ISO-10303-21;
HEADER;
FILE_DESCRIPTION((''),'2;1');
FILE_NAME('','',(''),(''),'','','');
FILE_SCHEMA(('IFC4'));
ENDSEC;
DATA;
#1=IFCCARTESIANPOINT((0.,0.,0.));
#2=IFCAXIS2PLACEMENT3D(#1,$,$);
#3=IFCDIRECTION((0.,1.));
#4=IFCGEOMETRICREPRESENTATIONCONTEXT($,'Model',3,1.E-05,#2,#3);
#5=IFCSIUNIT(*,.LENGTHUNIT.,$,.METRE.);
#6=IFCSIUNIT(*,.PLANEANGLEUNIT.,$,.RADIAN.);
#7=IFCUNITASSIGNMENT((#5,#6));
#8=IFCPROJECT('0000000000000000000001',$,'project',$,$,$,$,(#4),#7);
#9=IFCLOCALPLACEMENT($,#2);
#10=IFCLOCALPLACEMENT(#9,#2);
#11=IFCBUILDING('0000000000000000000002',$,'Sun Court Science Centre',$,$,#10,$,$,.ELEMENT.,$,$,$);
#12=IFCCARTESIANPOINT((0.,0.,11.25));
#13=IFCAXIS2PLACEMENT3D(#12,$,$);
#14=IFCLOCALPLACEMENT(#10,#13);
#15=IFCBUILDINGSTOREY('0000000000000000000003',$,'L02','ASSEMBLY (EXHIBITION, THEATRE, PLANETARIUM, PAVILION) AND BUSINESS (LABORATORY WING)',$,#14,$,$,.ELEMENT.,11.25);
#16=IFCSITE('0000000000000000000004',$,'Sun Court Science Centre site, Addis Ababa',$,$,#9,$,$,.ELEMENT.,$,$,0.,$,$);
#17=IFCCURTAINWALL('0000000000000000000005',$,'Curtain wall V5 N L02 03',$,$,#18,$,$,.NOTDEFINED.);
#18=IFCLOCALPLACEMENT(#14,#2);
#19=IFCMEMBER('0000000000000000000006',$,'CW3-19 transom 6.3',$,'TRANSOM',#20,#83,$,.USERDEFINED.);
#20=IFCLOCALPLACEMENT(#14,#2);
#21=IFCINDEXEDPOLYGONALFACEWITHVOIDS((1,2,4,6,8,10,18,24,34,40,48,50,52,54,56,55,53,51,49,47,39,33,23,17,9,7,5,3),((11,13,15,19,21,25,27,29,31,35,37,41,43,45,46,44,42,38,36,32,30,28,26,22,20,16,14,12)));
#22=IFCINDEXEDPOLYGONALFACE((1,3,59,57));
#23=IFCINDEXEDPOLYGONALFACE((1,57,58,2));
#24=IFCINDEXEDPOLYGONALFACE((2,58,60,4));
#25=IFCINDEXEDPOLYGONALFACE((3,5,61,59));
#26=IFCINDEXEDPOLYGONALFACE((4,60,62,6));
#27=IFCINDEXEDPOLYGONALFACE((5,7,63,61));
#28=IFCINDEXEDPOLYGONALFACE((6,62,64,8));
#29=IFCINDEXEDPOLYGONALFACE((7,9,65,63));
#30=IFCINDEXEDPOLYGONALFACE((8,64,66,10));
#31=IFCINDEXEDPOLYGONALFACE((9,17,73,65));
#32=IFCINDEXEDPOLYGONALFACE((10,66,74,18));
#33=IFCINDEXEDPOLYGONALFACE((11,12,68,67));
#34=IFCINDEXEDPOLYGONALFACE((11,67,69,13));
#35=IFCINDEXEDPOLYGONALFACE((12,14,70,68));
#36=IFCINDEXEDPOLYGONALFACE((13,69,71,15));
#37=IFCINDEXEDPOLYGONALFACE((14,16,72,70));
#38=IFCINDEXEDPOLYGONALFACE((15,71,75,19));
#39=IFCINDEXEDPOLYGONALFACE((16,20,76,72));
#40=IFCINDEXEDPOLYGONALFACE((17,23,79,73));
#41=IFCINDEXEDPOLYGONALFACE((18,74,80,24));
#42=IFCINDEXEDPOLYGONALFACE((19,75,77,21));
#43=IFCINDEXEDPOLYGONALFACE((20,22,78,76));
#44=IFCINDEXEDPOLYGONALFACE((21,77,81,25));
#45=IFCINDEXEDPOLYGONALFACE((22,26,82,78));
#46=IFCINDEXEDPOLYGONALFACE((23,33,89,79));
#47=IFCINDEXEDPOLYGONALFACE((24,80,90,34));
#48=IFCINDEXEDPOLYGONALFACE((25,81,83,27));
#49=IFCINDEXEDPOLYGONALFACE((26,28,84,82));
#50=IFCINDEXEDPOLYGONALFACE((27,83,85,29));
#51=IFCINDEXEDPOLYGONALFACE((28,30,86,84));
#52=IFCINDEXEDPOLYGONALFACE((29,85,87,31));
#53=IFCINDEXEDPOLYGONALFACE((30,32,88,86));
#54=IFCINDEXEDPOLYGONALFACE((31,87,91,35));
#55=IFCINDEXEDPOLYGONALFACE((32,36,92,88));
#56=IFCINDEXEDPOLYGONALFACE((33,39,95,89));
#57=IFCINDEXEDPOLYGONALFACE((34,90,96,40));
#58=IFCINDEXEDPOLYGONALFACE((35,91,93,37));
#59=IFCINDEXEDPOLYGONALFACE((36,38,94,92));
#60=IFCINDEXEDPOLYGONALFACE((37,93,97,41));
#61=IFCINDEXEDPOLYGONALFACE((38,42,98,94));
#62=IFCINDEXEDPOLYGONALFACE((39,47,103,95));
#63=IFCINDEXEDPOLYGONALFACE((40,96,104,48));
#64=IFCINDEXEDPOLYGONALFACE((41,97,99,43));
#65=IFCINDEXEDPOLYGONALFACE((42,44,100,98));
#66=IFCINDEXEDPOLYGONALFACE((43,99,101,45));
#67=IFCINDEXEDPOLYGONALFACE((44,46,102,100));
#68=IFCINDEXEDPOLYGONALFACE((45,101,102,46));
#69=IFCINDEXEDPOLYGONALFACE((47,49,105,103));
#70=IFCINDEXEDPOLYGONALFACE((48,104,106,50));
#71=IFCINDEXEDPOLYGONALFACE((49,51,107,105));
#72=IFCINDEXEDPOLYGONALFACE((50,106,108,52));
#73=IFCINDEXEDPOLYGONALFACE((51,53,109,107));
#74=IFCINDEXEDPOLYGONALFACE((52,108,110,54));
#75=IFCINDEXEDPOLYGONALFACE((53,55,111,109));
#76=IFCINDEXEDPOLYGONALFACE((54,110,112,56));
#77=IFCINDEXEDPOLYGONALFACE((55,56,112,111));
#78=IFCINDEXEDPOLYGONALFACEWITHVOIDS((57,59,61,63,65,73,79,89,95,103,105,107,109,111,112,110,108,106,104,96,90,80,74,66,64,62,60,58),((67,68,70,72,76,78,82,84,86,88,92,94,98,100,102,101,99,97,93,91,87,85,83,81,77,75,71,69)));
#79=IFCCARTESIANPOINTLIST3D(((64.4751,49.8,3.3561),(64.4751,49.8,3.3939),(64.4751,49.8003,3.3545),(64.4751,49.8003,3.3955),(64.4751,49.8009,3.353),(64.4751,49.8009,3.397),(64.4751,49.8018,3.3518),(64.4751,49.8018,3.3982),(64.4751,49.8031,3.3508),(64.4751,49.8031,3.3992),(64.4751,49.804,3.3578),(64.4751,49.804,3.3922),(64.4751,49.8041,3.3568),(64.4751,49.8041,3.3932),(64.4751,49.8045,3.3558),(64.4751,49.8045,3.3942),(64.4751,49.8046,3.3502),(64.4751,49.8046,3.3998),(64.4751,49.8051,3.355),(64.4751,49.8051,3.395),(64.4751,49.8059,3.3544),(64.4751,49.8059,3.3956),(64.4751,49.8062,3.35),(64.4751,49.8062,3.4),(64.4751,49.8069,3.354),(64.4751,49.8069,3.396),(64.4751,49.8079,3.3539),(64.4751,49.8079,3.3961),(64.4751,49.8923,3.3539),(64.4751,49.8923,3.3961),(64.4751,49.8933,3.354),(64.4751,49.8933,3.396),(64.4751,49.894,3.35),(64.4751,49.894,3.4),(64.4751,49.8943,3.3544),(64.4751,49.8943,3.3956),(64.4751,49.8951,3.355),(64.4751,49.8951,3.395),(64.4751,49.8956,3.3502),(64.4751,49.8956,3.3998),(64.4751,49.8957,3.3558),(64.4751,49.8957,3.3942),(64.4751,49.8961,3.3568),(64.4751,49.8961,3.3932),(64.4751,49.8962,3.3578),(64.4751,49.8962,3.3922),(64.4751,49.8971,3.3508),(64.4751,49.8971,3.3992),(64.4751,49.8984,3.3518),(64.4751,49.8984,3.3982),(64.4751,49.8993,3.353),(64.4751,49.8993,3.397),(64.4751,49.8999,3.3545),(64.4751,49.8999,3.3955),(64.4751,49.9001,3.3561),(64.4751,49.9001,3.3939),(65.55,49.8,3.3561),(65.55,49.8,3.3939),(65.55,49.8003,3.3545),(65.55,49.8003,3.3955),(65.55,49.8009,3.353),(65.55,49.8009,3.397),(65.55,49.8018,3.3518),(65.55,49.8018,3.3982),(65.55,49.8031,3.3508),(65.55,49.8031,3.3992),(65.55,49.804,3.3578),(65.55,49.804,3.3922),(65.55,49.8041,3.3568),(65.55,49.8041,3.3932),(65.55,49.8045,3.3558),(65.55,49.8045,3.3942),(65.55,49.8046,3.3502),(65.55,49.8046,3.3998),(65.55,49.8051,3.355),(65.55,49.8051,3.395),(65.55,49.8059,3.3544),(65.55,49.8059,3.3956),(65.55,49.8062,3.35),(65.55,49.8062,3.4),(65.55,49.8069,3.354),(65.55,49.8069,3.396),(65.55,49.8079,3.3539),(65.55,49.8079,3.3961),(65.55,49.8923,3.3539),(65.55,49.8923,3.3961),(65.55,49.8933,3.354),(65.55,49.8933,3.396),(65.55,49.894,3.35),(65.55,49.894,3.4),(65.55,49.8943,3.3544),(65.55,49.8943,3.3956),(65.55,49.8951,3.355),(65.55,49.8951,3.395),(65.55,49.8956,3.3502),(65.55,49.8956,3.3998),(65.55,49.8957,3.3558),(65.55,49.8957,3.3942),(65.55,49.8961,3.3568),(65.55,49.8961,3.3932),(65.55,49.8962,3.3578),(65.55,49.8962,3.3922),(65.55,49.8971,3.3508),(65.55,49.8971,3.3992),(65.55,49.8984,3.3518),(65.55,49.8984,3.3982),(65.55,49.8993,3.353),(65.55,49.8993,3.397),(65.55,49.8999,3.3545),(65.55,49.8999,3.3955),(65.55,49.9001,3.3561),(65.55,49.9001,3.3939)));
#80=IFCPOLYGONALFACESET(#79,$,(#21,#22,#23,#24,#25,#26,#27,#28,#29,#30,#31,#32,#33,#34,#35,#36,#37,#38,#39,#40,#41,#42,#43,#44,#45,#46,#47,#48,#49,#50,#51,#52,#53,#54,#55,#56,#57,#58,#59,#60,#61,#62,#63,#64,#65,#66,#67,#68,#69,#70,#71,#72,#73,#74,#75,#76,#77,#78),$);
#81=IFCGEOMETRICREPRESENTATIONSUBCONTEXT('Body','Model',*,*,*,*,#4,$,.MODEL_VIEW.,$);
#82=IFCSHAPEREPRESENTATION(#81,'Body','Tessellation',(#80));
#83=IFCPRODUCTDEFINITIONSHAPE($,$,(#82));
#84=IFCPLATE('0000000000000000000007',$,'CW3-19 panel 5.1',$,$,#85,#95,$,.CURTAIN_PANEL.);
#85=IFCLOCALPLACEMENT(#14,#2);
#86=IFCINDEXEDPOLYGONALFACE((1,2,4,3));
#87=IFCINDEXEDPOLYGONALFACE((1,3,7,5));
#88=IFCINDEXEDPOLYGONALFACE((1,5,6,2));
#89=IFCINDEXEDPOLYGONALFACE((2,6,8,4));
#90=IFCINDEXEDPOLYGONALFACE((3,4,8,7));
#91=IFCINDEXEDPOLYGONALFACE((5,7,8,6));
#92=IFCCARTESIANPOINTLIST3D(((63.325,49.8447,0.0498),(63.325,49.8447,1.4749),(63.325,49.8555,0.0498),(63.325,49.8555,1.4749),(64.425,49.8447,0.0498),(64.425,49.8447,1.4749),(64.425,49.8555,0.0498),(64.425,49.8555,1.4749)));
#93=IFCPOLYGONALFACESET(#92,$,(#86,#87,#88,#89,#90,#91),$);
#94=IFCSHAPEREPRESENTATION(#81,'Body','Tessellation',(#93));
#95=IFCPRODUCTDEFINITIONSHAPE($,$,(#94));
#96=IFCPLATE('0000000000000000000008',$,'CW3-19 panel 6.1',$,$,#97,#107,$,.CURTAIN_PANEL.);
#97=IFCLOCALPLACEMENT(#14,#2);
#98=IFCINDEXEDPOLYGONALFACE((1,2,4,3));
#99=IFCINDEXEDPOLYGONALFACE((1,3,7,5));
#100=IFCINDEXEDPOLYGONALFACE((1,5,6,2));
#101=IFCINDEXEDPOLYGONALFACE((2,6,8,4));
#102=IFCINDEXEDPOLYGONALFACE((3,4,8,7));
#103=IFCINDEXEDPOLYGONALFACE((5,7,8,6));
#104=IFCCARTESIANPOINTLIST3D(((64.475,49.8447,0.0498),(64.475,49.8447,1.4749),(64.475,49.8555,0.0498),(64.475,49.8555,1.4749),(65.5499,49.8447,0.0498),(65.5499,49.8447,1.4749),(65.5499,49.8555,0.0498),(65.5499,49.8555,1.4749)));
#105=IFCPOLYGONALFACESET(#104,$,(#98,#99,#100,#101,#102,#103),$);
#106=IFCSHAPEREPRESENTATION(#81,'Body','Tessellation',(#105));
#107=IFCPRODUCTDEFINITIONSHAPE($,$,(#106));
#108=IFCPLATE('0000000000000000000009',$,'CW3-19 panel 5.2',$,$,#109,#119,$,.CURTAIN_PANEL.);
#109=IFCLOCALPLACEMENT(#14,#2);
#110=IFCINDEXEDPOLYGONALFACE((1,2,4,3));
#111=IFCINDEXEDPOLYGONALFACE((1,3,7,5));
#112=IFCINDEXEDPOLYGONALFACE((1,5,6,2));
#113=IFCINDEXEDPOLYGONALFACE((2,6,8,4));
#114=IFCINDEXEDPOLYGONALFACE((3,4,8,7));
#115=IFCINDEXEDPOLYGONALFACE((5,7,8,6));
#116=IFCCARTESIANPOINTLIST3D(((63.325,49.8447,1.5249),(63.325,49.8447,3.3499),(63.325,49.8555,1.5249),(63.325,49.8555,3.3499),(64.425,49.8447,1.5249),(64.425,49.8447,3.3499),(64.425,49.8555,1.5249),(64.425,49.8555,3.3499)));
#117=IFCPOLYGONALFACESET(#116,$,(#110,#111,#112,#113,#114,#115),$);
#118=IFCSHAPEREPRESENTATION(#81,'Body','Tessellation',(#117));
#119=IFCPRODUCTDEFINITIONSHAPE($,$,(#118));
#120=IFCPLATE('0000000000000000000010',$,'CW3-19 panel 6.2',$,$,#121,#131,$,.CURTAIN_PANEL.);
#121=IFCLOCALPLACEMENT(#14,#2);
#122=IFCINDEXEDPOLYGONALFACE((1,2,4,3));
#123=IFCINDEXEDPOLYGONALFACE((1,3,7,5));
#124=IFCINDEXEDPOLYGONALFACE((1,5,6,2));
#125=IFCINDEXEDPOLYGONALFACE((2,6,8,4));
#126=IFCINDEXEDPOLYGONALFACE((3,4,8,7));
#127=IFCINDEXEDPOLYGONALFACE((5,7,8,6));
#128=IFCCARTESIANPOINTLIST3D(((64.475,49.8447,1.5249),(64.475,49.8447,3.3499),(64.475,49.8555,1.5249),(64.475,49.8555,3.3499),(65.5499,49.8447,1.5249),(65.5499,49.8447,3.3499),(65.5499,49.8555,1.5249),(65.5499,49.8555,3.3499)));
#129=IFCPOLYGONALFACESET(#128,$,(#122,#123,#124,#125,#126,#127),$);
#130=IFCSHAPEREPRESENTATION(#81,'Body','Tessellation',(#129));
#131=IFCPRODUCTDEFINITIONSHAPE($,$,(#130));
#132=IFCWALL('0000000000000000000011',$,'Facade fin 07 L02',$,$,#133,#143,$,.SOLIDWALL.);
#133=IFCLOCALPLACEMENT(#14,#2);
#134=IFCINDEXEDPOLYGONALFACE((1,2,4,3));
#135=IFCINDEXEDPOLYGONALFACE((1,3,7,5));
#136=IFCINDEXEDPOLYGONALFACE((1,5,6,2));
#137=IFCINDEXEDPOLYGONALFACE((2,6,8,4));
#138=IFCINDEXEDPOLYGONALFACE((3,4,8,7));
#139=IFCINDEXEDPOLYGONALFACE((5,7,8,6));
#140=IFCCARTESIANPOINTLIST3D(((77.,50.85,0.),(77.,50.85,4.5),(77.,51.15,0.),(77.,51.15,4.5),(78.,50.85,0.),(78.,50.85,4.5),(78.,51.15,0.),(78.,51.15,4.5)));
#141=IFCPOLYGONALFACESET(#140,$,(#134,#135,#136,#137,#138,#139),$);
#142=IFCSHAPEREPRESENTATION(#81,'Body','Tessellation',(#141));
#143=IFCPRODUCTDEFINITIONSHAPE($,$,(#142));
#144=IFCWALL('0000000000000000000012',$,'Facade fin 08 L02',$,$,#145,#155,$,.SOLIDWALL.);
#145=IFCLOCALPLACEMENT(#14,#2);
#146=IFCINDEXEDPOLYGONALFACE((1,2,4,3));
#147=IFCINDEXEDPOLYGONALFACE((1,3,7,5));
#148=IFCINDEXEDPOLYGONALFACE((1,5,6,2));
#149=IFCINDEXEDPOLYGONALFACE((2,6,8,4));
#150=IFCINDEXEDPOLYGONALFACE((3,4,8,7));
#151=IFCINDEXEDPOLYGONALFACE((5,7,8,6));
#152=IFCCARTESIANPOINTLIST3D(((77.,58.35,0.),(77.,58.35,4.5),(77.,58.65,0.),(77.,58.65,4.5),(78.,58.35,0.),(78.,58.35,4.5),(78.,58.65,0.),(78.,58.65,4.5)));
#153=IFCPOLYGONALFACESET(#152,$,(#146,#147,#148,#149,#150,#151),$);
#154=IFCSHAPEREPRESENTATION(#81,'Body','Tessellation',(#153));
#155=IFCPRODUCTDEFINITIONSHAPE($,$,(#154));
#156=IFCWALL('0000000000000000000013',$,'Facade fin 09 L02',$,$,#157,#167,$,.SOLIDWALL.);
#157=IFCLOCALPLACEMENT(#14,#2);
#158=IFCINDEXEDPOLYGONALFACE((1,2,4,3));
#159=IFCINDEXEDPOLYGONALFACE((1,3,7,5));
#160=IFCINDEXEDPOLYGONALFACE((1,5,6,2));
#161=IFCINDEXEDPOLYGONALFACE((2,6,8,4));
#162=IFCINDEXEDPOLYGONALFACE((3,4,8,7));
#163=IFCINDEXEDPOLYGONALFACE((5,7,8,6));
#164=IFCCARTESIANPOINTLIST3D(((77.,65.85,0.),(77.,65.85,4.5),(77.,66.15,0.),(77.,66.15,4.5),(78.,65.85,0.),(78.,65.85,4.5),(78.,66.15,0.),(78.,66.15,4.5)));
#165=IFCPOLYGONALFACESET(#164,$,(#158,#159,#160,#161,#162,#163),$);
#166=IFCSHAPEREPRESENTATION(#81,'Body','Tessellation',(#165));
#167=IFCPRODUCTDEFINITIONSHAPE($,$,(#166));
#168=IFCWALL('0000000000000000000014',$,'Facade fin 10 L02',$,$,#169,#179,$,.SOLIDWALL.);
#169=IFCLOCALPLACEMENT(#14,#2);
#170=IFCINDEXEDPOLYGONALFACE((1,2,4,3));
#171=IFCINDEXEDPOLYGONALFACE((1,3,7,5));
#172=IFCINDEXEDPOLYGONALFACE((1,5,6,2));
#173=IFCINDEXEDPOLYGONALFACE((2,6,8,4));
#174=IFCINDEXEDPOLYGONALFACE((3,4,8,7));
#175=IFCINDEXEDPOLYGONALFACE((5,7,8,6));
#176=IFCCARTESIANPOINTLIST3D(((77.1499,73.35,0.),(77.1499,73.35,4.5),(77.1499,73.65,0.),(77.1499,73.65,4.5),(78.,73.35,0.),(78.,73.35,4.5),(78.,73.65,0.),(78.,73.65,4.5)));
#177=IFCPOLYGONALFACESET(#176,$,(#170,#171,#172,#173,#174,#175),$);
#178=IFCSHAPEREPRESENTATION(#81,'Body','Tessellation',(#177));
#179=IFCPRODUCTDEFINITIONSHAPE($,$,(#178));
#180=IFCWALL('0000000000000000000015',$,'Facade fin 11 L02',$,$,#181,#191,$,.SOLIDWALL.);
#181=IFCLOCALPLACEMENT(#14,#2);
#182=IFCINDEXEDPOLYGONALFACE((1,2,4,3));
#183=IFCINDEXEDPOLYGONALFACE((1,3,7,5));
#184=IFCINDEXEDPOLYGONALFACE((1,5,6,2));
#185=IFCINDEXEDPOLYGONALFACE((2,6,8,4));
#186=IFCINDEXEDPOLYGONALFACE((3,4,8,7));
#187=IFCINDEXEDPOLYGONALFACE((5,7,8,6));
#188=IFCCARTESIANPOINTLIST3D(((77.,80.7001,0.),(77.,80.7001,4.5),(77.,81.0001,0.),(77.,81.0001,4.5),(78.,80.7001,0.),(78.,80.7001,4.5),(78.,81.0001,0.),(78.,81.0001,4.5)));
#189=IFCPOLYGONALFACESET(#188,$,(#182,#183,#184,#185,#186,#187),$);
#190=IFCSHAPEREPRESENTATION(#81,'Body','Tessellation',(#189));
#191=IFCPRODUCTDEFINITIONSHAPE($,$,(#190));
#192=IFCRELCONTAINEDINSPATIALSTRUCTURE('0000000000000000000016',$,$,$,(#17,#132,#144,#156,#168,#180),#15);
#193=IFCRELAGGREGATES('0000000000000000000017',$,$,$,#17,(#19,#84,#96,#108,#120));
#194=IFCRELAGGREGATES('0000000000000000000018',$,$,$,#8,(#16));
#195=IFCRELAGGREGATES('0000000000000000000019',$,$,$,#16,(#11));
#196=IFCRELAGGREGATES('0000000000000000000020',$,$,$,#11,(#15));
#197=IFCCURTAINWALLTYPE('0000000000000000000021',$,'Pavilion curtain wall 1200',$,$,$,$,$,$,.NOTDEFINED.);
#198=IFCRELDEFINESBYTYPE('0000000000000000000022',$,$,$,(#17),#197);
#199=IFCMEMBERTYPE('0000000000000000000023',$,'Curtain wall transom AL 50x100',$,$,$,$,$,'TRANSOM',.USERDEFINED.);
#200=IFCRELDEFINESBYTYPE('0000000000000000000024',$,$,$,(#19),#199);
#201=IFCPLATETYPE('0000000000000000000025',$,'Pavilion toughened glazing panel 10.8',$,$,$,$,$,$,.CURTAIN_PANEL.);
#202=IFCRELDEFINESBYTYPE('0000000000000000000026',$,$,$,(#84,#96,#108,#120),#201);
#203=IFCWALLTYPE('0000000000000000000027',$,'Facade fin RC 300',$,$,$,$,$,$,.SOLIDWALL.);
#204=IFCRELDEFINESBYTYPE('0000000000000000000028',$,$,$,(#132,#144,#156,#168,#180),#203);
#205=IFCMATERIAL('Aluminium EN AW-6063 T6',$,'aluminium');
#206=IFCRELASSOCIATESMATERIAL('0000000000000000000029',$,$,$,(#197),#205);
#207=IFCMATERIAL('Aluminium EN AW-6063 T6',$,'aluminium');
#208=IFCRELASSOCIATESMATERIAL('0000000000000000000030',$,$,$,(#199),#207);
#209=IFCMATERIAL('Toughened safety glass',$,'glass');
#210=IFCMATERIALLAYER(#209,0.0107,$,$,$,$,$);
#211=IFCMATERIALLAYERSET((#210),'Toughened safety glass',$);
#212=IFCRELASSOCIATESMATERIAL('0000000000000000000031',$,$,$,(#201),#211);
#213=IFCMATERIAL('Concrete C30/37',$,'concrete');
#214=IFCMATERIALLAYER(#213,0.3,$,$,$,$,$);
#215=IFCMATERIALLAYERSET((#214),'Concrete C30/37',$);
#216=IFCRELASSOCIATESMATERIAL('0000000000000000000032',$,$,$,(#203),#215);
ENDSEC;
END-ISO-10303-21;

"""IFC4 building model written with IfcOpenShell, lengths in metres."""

from ifc_helpers import new_model, si_unit, direction, frame, frame_2d, origin, origin_2d, place, context, subcontext, project, spatial, rectangle, hollow_rectangle, extrude, material, layer, layer_set, material_profile, profile_set, type_object, element, aggregate, save


model = new_model("IFC4")

# Units and contexts
model_context = context("Model", 3, precision=1e-05, world=origin(), true_north=direction((0.0, 1.0)))
body_context = subcontext(model_context, "Body", "Model", "MODEL_VIEW")
ifc_project = project(units=[si_unit("LENGTHUNIT", "METRE"), si_unit("PLANEANGLEUNIT", "RADIAN")], contexts=[model_context])

# Site, building, storey
site_placement = place(None, origin())
site = spatial("IfcSite", under=ifc_project, at=site_placement, Name="Sun Court Science Centre site, Addis Ababa", CompositionType="ELEMENT", RefElevation=0.0)
building_placement = place(site_placement, origin())
building = spatial("IfcBuilding", under=site, at=building_placement, Name="Sun Court Science Centre", CompositionType="ELEMENT")
storey_placement = place(building_placement, frame((0.0, 0.0, 11.25)))
storey = spatial("IfcBuildingStorey", under=building, at=storey_placement, Name="L02", Description="ASSEMBLY (EXHIBITION, THEATRE, PLANETARIUM, PAVILION) AND BUSINESS (LABORATORY WING)", CompositionType="ELEMENT", Elevation=11.25)

# Curtain wall, member, plates
ifc_material_1 = material(Name="Aluminium EN AW-6063 T6", Category="aluminium")
curtain_wall_type = type_object("IfcCurtainWallType", Name="Pavilion curtain wall 1200", PredefinedType="NOTDEFINED", material=ifc_material_1)
curtain_wall_placement = place(storey_placement, origin())
curtain_wall = element("IfcCurtainWall", 1, at=curtain_wall_placement, inside=storey, type_object=curtain_wall_type, Name="Curtain wall V5 N L02 03", PredefinedType="NOTDEFINED")
ifc_material_2 = material(Name="Aluminium EN AW-6063 T6", Category="aluminium")
ifc_material_profile_1 = material_profile(ifc_material_2, hollow_rectangle(XDim=0.05, YDim=0.1001, WallThickness=0.0039, InnerFilletRadius=0.0039, OuterFilletRadius=0.0061, at=origin_2d()), Name="AL 50x100x4")
ifc_profile_set_1 = profile_set([ifc_material_profile_1], Name="Aluminium EN AW-6063 T6")
member_type_1 = type_object("IfcMemberType", Name="Curtain wall transom AL 50x100", ElementType="TRANSOM", PredefinedType="USERDEFINED", material=ifc_profile_set_1)
member_1_placement = place(storey_placement, frame((64.4751, 49.8501, 3.375), z_axis=(1.0, 0.0, 0.0), x_axis=(0.0, 0.0, 1.0)))
member_1 = element("IfcMember", 2, at=member_1_placement, type_object=member_type_1, Name="CW3-19 transom 6.3", ObjectType="TRANSOM", PredefinedType="USERDEFINED", context=body_context, shape_type="SweptSolid", body=[
    extrude(hollow_rectangle(XDim=0.05, YDim=0.1001, WallThickness=0.0039, InnerFilletRadius=0.0039, OuterFilletRadius=0.0061, at=origin_2d()), origin(), (0.0, 0.0, 1.0), 1.075),
])
ifc_material_3 = material(Name="Toughened safety glass", Category="glass")
ifc_layer_1 = layer(ifc_material_3, 0.0107)
ifc_layer_set_1 = layer_set([ifc_layer_1], Name="Toughened safety glass")
plate_type = type_object("IfcPlateType", Name="Pavilion toughened glazing panel 10.8", PredefinedType="CURTAIN_PANEL", material=ifc_layer_set_1)
plate_1_placement = place(storey_placement, frame((63.875, 49.8501, 0.0498), z_axis=(0.0, 0.0, 1.0), x_axis=(1.0, 0.0, 0.0)))
plate_1 = element("IfcPlate", 3, at=plate_1_placement, type_object=plate_type, Name="CW3-19 panel 5.1", PredefinedType="CURTAIN_PANEL", context=body_context, shape_type="SweptSolid", body=[
    extrude(rectangle(XDim=1.1001, YDim=0.0107, at=origin_2d()), origin(), (0.0, 0.0, 1.0), 1.425),
])
plate_2_placement = place(storey_placement, frame((65.0125, 49.8501, 0.0498), z_axis=(0.0, 0.0, 1.0), x_axis=(1.0, 0.0, 0.0)))
plate_2 = element("IfcPlate", 4, at=plate_2_placement, type_object=plate_type, Name="CW3-19 panel 6.1", PredefinedType="CURTAIN_PANEL", context=body_context, shape_type="SweptSolid", body=[
    extrude(rectangle(XDim=1.075, YDim=0.0107, at=origin_2d()), origin(), (0.0, 0.0, 1.0), 1.425),
])
plate_3_placement = place(storey_placement, frame((63.875, 49.8501, 1.5249), z_axis=(0.0, 0.0, 1.0), x_axis=(1.0, 0.0, 0.0)))
plate_3 = element("IfcPlate", 5, at=plate_3_placement, type_object=plate_type, Name="CW3-19 panel 5.2", PredefinedType="CURTAIN_PANEL", context=body_context, shape_type="SweptSolid", body=[
    extrude(rectangle(XDim=1.1001, YDim=0.0107, at=origin_2d()), origin(), (0.0, 0.0, 1.0), 1.825),
])
plate_4_placement = place(storey_placement, frame((65.0125, 49.8501, 1.5249), z_axis=(0.0, 0.0, 1.0), x_axis=(1.0, 0.0, 0.0)))
plate_4 = element("IfcPlate", 6, at=plate_4_placement, type_object=plate_type, Name="CW3-19 panel 6.2", PredefinedType="CURTAIN_PANEL", context=body_context, shape_type="SweptSolid", body=[
    extrude(rectangle(XDim=1.075, YDim=0.0107, at=origin_2d()), origin(), (0.0, 0.0, 1.0), 1.825),
])
aggregate(curtain_wall, [member_1, plate_1, plate_2, plate_3, plate_4])

# Walls
ifc_material_4 = material(Name="Concrete C30/37", Category="concrete")
ifc_layer_2 = layer(ifc_material_4, 0.3)
ifc_layer_set_2 = layer_set([ifc_layer_2], Name="Concrete C30/37")
wall_type_1 = type_object("IfcWallType", Name="Facade fin RC 300", PredefinedType="SOLIDWALL", material=ifc_layer_set_2)
for number, where, z_axis, x_axis, name in (
    (7, (77.0, 51.0, 0.0), (0.0, 0.0, 1.0), (1.0, 0.0, 0.0), "Facade fin 07 L02"),
    (8, (77.0, 58.5, 0.0), (0.0, 0.0, 1.0), (1.0, 0.0, 0.0), "Facade fin 08 L02"),
    (9, (77.0, 66.0, 0.0), (0.0, 0.0, 1.0), (1.0, 0.0, 0.0), "Facade fin 09 L02"),
):
    element("IfcWall", number, at=place(storey_placement, frame(where, z_axis=z_axis, x_axis=x_axis)), inside=storey, type_object=wall_type_1, Name=name, PredefinedType="SOLIDWALL", context=body_context, shape_type="SweptSolid", body=[
        extrude(rectangle(XDim=1.0, YDim=0.3, at=frame_2d((0.5, 0.0))), origin(), (0.0, 0.0, 1.0), 4.5),
    ])
wall_1_placement = place(storey_placement, frame((77.1499, 73.5, 0.0), z_axis=(0.0, 0.0, 1.0), x_axis=(1.0, 0.0, 0.0)))
element("IfcWall", 10, at=wall_1_placement, inside=storey, type_object=wall_type_1, Name="Facade fin 10 L02", PredefinedType="SOLIDWALL", context=body_context, shape_type="SweptSolid", body=[
    extrude(rectangle(XDim=0.8501, YDim=0.3, at=frame_2d((0.425, 0.0))), origin(), (0.0, 0.0, 1.0), 4.5),
])
wall_2_placement = place(storey_placement, frame((77.0, 80.8501, 0.0), z_axis=(0.0, 0.0, 1.0), x_axis=(1.0, 0.0, 0.0)))
element("IfcWall", 11, at=wall_2_placement, inside=storey, type_object=wall_type_1, Name="Facade fin 11 L02", PredefinedType="SOLIDWALL", context=body_context, shape_type="SweptSolid", body=[
    extrude(rectangle(XDim=1.0, YDim=0.3, at=frame_2d((0.5, 0.0))), origin(), (0.0, 0.0, 1.0), 4.5),
])

save(model, "model.ifc")
